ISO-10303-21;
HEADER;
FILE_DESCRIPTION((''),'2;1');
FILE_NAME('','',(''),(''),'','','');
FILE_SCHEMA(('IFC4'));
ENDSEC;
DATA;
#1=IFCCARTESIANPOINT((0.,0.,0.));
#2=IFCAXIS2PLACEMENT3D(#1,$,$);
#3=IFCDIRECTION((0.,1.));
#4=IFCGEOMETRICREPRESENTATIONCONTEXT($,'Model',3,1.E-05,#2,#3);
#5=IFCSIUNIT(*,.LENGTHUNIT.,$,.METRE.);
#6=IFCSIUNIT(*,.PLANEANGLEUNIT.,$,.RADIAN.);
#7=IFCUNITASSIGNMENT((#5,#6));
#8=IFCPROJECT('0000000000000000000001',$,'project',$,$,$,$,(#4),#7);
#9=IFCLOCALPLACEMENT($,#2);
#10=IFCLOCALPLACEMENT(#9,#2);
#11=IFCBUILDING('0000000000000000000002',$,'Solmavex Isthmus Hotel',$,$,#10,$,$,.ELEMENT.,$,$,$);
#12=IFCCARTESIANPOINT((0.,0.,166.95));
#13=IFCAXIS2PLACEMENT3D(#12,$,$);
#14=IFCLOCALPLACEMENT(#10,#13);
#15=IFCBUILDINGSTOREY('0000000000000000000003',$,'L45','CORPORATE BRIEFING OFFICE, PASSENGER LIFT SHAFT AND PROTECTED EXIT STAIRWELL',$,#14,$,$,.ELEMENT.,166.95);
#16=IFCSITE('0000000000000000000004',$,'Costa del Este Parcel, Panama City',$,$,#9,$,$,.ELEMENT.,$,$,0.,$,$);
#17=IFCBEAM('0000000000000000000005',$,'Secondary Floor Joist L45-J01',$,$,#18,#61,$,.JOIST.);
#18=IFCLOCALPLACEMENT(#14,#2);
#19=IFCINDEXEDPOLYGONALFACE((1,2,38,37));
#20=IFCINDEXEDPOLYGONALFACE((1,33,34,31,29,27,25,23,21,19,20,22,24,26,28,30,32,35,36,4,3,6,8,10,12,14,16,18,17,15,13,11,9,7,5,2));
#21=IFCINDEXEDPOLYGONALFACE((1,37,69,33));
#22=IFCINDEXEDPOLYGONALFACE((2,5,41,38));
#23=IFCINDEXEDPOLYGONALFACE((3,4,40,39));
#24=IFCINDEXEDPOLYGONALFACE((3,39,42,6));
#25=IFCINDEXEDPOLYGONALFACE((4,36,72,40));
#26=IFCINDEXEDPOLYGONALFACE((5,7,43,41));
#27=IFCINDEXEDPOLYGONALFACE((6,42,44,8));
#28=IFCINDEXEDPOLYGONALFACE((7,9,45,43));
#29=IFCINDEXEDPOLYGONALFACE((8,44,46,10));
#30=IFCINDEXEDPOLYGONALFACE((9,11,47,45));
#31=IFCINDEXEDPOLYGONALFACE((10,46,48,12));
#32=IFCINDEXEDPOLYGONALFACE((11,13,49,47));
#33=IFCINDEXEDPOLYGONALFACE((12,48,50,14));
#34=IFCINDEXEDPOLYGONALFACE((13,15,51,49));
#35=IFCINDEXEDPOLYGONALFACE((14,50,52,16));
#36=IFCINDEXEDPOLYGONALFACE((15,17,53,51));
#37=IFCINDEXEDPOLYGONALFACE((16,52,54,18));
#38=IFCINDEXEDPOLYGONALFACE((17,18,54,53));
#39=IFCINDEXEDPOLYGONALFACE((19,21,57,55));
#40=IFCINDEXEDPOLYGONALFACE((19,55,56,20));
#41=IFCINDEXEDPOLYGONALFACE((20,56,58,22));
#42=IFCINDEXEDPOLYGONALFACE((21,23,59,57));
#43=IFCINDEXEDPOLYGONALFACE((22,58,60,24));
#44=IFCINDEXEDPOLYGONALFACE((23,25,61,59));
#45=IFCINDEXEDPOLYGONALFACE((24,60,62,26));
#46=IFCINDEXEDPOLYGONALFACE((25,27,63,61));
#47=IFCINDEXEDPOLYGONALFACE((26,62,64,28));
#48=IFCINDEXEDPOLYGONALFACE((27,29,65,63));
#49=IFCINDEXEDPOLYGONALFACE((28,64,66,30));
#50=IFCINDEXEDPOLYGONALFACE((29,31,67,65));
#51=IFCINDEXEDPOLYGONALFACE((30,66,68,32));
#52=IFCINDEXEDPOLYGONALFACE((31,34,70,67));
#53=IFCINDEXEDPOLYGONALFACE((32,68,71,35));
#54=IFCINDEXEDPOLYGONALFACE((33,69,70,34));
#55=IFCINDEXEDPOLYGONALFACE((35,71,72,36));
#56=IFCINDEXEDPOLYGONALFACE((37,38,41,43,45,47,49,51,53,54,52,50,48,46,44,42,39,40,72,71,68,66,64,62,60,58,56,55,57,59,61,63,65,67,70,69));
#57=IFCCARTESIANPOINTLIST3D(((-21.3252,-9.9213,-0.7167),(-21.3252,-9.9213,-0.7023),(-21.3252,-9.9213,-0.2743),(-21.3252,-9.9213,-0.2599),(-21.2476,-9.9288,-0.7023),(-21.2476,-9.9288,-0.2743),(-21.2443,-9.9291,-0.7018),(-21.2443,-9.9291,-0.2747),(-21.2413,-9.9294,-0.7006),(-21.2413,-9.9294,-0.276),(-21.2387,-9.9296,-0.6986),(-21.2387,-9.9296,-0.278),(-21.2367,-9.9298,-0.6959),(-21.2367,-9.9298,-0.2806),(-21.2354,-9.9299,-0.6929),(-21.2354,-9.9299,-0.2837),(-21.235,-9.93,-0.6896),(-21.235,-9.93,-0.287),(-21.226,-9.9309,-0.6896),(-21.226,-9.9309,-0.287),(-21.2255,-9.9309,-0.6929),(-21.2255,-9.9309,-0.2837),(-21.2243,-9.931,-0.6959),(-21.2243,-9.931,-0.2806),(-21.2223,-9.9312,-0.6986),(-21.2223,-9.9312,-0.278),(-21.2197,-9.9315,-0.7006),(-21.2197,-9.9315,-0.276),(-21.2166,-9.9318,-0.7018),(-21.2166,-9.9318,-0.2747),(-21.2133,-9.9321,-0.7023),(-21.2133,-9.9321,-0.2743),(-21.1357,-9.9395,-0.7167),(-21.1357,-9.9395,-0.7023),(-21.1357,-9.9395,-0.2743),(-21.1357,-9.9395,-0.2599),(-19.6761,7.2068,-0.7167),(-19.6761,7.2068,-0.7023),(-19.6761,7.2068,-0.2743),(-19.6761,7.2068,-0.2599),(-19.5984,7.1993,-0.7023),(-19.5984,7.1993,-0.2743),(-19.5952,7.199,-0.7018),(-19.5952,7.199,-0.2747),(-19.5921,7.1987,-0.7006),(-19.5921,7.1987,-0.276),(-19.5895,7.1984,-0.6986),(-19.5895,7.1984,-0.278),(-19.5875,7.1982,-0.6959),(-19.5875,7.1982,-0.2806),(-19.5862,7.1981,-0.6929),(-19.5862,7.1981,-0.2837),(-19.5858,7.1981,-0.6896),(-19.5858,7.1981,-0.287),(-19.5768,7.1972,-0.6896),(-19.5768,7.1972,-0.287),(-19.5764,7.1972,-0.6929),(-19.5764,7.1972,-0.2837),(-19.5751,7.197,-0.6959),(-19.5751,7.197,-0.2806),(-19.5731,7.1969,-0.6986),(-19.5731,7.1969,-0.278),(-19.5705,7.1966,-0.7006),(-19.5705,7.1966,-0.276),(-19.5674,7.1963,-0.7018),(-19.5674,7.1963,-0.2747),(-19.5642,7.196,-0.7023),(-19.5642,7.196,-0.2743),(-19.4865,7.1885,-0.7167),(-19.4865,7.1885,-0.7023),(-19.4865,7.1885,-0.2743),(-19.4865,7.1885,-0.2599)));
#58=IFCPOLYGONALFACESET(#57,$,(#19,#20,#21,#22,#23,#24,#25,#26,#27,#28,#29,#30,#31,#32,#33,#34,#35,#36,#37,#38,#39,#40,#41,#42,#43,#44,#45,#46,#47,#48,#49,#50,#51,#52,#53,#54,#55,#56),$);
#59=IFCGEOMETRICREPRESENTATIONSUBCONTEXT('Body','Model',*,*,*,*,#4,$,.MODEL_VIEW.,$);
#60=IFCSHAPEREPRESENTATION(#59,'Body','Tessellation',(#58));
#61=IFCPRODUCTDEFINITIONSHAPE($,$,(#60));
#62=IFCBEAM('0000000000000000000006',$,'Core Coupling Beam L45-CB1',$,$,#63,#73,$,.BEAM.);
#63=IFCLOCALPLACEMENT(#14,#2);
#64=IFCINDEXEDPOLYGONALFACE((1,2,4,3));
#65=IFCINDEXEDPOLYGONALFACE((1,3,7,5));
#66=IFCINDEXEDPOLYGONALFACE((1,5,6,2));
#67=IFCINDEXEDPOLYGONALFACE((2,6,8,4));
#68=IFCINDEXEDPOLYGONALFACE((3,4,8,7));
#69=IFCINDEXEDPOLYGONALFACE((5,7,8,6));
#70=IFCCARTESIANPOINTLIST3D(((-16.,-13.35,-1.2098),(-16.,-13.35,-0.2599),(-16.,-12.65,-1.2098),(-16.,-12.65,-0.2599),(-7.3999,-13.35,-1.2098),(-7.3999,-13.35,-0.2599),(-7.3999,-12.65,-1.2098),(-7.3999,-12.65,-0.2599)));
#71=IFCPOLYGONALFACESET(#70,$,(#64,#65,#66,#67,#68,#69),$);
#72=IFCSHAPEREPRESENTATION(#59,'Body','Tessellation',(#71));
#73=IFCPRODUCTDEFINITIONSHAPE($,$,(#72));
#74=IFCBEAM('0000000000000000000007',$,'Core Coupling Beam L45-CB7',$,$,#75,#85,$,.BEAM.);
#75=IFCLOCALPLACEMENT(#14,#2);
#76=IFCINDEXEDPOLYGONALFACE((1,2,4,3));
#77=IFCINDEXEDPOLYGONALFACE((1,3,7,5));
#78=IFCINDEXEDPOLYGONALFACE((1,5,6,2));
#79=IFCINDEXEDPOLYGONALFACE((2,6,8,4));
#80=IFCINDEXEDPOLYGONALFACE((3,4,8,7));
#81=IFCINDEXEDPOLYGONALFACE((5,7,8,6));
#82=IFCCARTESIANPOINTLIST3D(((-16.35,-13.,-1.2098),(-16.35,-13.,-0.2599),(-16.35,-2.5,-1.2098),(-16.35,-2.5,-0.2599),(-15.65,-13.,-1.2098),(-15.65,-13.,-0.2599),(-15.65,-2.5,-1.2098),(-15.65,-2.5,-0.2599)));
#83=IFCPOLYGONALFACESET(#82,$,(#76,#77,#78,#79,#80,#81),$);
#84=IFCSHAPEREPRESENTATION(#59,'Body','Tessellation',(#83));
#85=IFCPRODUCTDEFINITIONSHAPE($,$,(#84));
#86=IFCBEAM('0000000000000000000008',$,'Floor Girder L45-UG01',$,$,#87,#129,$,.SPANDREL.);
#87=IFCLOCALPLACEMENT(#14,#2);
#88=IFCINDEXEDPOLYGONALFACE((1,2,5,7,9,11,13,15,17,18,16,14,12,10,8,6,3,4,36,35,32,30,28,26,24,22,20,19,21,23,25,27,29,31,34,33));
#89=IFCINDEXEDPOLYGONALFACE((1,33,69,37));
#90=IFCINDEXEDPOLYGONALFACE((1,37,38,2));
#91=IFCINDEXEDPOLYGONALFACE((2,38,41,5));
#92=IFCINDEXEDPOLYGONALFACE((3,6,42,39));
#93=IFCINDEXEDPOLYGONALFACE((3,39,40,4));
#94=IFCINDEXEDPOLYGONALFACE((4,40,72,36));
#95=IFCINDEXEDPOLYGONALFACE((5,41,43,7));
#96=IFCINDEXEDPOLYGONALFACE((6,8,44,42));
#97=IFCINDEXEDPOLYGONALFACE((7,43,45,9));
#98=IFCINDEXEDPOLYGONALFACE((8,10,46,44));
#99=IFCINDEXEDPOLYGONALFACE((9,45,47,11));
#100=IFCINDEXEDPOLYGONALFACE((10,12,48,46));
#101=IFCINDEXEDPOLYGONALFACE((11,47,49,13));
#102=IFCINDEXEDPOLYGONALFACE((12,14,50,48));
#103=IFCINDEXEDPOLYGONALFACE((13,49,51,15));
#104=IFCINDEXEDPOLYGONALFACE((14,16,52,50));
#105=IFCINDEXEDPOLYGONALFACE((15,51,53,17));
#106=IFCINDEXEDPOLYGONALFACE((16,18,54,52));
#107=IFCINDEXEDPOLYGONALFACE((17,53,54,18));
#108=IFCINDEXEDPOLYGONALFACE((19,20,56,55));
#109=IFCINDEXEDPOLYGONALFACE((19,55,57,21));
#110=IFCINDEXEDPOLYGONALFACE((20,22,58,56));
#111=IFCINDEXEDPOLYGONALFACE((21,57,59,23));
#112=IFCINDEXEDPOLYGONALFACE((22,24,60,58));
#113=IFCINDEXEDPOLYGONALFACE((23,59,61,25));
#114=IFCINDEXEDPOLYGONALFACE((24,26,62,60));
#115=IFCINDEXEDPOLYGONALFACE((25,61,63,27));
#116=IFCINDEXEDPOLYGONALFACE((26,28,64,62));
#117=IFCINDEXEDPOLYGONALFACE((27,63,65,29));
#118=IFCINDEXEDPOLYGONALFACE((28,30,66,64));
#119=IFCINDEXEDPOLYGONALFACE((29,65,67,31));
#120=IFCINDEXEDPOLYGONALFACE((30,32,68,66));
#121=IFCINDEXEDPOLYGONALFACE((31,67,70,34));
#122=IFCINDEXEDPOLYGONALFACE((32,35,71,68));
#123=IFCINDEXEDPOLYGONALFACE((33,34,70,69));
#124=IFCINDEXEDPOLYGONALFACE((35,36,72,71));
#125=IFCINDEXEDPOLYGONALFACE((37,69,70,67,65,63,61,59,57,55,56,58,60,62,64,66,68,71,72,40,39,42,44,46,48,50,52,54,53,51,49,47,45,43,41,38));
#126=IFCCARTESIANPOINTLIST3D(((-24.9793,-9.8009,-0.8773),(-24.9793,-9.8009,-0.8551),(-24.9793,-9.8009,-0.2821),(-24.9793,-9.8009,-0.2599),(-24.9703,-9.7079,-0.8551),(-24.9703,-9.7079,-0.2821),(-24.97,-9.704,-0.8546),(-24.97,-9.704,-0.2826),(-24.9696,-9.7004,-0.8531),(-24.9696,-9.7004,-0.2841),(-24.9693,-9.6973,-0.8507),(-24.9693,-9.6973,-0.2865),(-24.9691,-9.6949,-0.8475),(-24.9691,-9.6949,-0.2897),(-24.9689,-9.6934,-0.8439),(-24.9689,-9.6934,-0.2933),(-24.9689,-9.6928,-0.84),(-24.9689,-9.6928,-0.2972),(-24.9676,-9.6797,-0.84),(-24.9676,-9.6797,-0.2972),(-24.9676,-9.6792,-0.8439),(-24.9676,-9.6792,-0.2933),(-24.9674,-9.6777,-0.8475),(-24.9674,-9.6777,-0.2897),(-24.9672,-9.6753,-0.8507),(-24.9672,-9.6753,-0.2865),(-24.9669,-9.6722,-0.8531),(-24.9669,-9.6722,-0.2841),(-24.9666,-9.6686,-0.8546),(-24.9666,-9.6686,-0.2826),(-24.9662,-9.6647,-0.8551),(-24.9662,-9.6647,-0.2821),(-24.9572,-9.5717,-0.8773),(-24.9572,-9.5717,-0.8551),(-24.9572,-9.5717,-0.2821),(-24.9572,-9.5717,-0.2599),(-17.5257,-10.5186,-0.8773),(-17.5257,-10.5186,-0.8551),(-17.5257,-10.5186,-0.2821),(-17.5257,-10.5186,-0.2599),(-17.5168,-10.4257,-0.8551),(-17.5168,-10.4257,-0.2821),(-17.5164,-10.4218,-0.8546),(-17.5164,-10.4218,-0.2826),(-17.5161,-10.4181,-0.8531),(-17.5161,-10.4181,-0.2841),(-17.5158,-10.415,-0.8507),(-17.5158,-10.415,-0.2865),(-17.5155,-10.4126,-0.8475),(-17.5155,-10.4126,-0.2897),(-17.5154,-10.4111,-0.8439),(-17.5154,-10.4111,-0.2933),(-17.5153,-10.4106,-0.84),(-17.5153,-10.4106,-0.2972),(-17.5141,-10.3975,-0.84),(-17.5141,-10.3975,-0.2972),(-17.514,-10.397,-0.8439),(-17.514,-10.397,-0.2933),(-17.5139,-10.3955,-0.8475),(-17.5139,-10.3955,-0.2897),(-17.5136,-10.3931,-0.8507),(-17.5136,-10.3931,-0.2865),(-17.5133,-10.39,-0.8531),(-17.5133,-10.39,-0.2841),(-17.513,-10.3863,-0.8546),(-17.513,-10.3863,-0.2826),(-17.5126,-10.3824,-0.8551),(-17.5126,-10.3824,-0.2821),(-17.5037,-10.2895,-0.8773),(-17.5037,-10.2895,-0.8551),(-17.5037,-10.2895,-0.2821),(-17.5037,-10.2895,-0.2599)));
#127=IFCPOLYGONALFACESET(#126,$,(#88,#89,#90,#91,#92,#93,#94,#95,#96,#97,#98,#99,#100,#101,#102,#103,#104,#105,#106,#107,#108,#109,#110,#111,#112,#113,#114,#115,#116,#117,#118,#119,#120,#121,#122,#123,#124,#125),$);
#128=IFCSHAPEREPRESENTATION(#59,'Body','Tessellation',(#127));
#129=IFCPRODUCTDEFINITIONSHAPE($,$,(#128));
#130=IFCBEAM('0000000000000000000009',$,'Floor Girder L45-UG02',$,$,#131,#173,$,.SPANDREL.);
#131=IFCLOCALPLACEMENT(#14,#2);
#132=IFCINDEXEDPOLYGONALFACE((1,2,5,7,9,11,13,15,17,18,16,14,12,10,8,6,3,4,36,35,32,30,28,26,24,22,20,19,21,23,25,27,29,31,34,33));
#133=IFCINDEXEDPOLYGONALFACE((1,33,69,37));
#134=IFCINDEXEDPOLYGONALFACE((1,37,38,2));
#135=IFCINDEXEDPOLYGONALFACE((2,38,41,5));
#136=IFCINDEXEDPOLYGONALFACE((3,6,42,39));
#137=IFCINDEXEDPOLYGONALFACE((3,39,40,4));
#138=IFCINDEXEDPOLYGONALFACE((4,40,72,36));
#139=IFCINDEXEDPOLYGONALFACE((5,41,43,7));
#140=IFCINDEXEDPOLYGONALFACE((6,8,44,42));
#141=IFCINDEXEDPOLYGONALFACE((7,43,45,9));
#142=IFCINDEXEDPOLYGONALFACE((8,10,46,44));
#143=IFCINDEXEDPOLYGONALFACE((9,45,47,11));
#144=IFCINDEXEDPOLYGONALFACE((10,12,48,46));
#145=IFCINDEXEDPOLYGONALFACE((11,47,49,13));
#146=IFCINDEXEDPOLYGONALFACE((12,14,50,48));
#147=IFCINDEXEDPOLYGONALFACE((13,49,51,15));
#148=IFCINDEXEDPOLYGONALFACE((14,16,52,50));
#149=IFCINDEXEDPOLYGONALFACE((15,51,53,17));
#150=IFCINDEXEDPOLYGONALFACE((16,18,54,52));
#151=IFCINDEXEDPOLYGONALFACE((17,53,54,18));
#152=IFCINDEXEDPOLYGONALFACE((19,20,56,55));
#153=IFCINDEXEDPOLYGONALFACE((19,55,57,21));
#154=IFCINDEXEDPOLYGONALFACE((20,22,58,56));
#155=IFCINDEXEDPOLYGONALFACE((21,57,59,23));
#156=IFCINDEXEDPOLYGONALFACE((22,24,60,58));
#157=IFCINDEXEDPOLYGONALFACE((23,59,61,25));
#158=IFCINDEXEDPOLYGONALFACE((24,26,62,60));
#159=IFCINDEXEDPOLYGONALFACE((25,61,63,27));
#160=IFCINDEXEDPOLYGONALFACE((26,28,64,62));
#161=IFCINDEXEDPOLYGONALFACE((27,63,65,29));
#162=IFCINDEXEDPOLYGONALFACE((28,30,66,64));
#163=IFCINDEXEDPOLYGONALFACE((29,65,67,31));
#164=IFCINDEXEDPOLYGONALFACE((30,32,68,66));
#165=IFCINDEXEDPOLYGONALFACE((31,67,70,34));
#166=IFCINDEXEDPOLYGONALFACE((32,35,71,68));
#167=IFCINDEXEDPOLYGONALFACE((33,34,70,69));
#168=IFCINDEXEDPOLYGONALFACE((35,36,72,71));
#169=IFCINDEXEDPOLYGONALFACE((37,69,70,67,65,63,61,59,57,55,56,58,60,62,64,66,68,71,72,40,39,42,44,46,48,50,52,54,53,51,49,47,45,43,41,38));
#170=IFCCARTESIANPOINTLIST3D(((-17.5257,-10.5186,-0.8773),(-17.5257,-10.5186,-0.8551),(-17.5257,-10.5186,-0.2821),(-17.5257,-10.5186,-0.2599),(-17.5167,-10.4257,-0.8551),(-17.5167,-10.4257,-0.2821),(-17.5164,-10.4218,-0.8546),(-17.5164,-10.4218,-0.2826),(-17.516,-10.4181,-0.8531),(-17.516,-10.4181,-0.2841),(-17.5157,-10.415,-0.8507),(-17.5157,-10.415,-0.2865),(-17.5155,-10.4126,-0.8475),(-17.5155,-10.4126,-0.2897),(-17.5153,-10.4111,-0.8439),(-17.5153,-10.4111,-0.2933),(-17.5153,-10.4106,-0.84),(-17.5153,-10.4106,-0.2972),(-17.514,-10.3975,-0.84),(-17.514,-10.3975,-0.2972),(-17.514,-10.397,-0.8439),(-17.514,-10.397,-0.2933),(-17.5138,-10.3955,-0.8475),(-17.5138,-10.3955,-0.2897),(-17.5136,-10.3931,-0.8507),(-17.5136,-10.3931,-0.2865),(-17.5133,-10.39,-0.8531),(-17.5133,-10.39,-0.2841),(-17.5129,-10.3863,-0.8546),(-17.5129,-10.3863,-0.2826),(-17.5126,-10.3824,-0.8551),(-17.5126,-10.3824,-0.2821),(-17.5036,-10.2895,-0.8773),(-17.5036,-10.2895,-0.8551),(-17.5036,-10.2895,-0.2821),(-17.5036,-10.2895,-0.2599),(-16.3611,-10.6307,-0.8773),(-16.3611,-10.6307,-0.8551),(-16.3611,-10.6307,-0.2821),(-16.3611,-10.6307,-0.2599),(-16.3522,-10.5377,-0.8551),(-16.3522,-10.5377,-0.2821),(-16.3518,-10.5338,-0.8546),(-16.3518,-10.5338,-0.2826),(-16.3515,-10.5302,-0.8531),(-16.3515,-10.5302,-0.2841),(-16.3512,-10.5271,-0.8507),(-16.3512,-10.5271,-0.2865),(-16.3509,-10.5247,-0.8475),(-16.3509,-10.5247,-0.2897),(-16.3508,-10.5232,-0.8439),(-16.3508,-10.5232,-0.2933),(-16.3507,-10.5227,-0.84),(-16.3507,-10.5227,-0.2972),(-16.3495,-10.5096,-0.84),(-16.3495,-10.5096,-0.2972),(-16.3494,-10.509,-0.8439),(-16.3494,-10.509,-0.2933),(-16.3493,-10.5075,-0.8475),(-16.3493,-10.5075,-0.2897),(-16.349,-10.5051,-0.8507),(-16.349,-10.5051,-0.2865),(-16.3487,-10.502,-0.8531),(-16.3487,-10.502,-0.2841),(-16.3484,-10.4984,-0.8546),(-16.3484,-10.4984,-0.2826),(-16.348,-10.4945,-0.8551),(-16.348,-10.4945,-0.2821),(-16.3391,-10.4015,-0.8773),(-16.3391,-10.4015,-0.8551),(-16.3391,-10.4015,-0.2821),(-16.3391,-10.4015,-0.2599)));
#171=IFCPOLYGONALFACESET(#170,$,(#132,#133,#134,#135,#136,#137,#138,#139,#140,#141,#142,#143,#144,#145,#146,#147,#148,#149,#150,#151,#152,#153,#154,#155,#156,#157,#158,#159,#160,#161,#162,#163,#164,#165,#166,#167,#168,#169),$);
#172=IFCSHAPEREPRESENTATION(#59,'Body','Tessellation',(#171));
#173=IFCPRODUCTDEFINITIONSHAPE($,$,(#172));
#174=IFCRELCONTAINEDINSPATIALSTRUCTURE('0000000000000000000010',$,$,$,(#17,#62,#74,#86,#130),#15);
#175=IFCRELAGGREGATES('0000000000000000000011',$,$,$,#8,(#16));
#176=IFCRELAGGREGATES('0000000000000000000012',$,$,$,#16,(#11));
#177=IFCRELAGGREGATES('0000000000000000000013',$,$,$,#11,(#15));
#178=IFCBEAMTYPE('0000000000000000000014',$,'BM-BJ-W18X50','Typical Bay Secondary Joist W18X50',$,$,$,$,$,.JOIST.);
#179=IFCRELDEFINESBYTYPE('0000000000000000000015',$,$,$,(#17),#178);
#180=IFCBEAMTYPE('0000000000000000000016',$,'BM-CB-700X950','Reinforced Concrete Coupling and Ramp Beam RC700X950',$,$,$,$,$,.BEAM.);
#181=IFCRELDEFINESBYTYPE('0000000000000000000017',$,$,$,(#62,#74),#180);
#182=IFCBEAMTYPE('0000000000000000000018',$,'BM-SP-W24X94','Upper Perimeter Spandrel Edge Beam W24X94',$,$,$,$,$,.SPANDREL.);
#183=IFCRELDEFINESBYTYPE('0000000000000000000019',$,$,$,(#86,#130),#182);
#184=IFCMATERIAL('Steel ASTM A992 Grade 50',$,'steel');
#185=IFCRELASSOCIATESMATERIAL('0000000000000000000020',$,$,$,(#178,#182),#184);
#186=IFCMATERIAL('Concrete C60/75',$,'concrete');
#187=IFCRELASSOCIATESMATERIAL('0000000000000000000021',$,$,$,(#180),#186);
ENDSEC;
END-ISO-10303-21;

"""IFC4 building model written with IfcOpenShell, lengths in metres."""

from ifc_helpers import new_model, si_unit, direction, frame, origin, origin_2d, place, context, subcontext, project, spatial, rectangle, i_section, extrude, material, material_profile, profile_set, type_object, element, save


model = new_model("IFC4")

# Units and contexts
model_context = context("Model", 3, precision=1e-05, world=origin(), true_north=direction((0.0, 1.0)))
body_context = subcontext(model_context, "Body", "Model", "MODEL_VIEW")
ifc_project = project(units=[si_unit("LENGTHUNIT", "METRE"), si_unit("PLANEANGLEUNIT", "RADIAN")], contexts=[model_context])

# Site, building, storey
site_placement = place(None, origin())
site = spatial("IfcSite", under=ifc_project, at=site_placement, Name="Costa del Este Parcel, Panama City", CompositionType="ELEMENT", RefElevation=0.0)
building_placement = place(site_placement, origin())
building = spatial("IfcBuilding", under=site, at=building_placement, Name="Solmavex Isthmus Hotel", CompositionType="ELEMENT")
storey_placement = place(building_placement, frame((0.0, 0.0, 166.95)))
storey = spatial("IfcBuildingStorey", under=building, at=storey_placement, Name="L45", Description="CORPORATE BRIEFING OFFICE, PASSENGER LIFT SHAFT AND PROTECTED EXIT STAIRWELL", CompositionType="ELEMENT", Elevation=166.95)

# Shared definitions
ifc_material_1 = material(Name="Concrete C60/75", Category="concrete")

# Beams
ifc_material_2 = material(Name="Steel ASTM A992 Grade 50", Category="steel")
ifc_material_profile_1 = material_profile(ifc_material_2, i_section(OverallWidth=0.1904, OverallDepth=0.4568, WebThickness=0.009, FlangeThickness=0.0144, FilletRadius=0.0127, at=origin_2d()), Name="W18X50")
ifc_profile_set_1 = profile_set([ifc_material_profile_1], Name="Steel ASTM A992 Grade 50")
beam_type_1 = type_object("IfcBeamType", Name="BM-BJ-W18X50", Description="Typical Bay Secondary Joist W18X50", PredefinedType="JOIST", material=ifc_profile_set_1)
beam_1_placement = place(storey_placement, frame((-21.2305, -9.9304, -0.4883), z_axis=(0.095841, 0.995397, 0.0), x_axis=(-0.995397, 0.095841, 0.0)))
element("IfcBeam", 1, at=beam_1_placement, inside=storey, type_object=beam_type_1, Name="Secondary Floor Joist L45-J01", PredefinedType="JOIST", context=body_context, shape_type="SweptSolid", body=[
    extrude(i_section(OverallWidth=0.1904, OverallDepth=0.4568, WebThickness=0.009, FlangeThickness=0.0144, FilletRadius=0.0127, at=origin_2d()), origin(), (0.0, 0.0, 1.0), 17.2073),
])
ifc_material_profile_2 = material_profile(ifc_material_1, rectangle(XDim=0.7, YDim=0.95, at=origin_2d()), Name="RC700X950")
ifc_profile_set_2 = profile_set([ifc_material_profile_2], Name="Concrete C60/75")
beam_type_2 = type_object("IfcBeamType", Name="BM-CB-700X950", Description="Reinforced Concrete Coupling and Ramp Beam RC700X950", PredefinedType="BEAM", material=ifc_profile_set_2)
beam_2_placement = place(storey_placement, frame((-16.0, -13.0, -0.7349), z_axis=(1.0, 0.0, 0.0), x_axis=(0.0, 1.0, 0.0)))
element("IfcBeam", 2, at=beam_2_placement, inside=storey, type_object=beam_type_2, Name="Core Coupling Beam L45-CB1", PredefinedType="BEAM", context=body_context, shape_type="SweptSolid", body=[
    extrude(rectangle(XDim=0.7, YDim=0.95, at=origin_2d()), origin(), (0.0, 0.0, 1.0), 8.6001),
])
beam_3_placement = place(storey_placement, frame((-16.0, -13.0, -0.7349), z_axis=(0.0, 1.0, 0.0), x_axis=(-1.0, 0.0, 0.0)))
element("IfcBeam", 3, at=beam_3_placement, inside=storey, type_object=beam_type_2, Name="Core Coupling Beam L45-CB7", PredefinedType="BEAM", context=body_context, shape_type="SweptSolid", body=[
    extrude(rectangle(XDim=0.7, YDim=0.95, at=origin_2d()), origin(), (0.0, 0.0, 1.0), 10.5),
])
ifc_material_profile_3 = material_profile(ifc_material_2, i_section(OverallWidth=0.2302, OverallDepth=0.6174, WebThickness=0.0132, FlangeThickness=0.0222, FilletRadius=0.0151, at=origin_2d()), Name="W24X94")
ifc_profile_set_3 = profile_set([ifc_material_profile_3], Name="Steel ASTM A992 Grade 50")
beam_type_3 = type_object("IfcBeamType", Name="BM-SP-W24X94", Description="Upper Perimeter Spandrel Edge Beam W24X94", PredefinedType="SPANDREL", material=ifc_profile_set_3)
beam_4_placement = place(storey_placement, frame((-24.9683, -9.6863, -0.5686), z_axis=(0.995395, -0.095855, 0.0), x_axis=(0.095855, 0.995395, 0.0)))
element("IfcBeam", 4, at=beam_4_placement, inside=storey, type_object=beam_type_3, Name="Floor Girder L45-UG01", PredefinedType="SPANDREL", context=body_context, shape_type="SweptSolid", body=[
    extrude(i_section(OverallWidth=0.2302, OverallDepth=0.6174, WebThickness=0.0132, FlangeThickness=0.0222, FilletRadius=0.0151, at=origin_2d()), origin(), (0.0, 0.0, 1.0), 7.488),
])
beam_5_placement = place(storey_placement, frame((-17.5146, -10.4041, -0.5686), z_axis=(0.995402, -0.095784, 0.0), x_axis=(0.095784, 0.995402, 0.0)))
element("IfcBeam", 5, at=beam_5_placement, inside=storey, type_object=beam_type_3, Name="Floor Girder L45-UG02", PredefinedType="SPANDREL", context=body_context, shape_type="SweptSolid", body=[
    extrude(i_section(OverallWidth=0.2302, OverallDepth=0.6174, WebThickness=0.0132, FlangeThickness=0.0222, FilletRadius=0.0151, at=origin_2d()), origin(), (0.0, 0.0, 1.0), 1.1699),
])

save(model, "model.ifc")
